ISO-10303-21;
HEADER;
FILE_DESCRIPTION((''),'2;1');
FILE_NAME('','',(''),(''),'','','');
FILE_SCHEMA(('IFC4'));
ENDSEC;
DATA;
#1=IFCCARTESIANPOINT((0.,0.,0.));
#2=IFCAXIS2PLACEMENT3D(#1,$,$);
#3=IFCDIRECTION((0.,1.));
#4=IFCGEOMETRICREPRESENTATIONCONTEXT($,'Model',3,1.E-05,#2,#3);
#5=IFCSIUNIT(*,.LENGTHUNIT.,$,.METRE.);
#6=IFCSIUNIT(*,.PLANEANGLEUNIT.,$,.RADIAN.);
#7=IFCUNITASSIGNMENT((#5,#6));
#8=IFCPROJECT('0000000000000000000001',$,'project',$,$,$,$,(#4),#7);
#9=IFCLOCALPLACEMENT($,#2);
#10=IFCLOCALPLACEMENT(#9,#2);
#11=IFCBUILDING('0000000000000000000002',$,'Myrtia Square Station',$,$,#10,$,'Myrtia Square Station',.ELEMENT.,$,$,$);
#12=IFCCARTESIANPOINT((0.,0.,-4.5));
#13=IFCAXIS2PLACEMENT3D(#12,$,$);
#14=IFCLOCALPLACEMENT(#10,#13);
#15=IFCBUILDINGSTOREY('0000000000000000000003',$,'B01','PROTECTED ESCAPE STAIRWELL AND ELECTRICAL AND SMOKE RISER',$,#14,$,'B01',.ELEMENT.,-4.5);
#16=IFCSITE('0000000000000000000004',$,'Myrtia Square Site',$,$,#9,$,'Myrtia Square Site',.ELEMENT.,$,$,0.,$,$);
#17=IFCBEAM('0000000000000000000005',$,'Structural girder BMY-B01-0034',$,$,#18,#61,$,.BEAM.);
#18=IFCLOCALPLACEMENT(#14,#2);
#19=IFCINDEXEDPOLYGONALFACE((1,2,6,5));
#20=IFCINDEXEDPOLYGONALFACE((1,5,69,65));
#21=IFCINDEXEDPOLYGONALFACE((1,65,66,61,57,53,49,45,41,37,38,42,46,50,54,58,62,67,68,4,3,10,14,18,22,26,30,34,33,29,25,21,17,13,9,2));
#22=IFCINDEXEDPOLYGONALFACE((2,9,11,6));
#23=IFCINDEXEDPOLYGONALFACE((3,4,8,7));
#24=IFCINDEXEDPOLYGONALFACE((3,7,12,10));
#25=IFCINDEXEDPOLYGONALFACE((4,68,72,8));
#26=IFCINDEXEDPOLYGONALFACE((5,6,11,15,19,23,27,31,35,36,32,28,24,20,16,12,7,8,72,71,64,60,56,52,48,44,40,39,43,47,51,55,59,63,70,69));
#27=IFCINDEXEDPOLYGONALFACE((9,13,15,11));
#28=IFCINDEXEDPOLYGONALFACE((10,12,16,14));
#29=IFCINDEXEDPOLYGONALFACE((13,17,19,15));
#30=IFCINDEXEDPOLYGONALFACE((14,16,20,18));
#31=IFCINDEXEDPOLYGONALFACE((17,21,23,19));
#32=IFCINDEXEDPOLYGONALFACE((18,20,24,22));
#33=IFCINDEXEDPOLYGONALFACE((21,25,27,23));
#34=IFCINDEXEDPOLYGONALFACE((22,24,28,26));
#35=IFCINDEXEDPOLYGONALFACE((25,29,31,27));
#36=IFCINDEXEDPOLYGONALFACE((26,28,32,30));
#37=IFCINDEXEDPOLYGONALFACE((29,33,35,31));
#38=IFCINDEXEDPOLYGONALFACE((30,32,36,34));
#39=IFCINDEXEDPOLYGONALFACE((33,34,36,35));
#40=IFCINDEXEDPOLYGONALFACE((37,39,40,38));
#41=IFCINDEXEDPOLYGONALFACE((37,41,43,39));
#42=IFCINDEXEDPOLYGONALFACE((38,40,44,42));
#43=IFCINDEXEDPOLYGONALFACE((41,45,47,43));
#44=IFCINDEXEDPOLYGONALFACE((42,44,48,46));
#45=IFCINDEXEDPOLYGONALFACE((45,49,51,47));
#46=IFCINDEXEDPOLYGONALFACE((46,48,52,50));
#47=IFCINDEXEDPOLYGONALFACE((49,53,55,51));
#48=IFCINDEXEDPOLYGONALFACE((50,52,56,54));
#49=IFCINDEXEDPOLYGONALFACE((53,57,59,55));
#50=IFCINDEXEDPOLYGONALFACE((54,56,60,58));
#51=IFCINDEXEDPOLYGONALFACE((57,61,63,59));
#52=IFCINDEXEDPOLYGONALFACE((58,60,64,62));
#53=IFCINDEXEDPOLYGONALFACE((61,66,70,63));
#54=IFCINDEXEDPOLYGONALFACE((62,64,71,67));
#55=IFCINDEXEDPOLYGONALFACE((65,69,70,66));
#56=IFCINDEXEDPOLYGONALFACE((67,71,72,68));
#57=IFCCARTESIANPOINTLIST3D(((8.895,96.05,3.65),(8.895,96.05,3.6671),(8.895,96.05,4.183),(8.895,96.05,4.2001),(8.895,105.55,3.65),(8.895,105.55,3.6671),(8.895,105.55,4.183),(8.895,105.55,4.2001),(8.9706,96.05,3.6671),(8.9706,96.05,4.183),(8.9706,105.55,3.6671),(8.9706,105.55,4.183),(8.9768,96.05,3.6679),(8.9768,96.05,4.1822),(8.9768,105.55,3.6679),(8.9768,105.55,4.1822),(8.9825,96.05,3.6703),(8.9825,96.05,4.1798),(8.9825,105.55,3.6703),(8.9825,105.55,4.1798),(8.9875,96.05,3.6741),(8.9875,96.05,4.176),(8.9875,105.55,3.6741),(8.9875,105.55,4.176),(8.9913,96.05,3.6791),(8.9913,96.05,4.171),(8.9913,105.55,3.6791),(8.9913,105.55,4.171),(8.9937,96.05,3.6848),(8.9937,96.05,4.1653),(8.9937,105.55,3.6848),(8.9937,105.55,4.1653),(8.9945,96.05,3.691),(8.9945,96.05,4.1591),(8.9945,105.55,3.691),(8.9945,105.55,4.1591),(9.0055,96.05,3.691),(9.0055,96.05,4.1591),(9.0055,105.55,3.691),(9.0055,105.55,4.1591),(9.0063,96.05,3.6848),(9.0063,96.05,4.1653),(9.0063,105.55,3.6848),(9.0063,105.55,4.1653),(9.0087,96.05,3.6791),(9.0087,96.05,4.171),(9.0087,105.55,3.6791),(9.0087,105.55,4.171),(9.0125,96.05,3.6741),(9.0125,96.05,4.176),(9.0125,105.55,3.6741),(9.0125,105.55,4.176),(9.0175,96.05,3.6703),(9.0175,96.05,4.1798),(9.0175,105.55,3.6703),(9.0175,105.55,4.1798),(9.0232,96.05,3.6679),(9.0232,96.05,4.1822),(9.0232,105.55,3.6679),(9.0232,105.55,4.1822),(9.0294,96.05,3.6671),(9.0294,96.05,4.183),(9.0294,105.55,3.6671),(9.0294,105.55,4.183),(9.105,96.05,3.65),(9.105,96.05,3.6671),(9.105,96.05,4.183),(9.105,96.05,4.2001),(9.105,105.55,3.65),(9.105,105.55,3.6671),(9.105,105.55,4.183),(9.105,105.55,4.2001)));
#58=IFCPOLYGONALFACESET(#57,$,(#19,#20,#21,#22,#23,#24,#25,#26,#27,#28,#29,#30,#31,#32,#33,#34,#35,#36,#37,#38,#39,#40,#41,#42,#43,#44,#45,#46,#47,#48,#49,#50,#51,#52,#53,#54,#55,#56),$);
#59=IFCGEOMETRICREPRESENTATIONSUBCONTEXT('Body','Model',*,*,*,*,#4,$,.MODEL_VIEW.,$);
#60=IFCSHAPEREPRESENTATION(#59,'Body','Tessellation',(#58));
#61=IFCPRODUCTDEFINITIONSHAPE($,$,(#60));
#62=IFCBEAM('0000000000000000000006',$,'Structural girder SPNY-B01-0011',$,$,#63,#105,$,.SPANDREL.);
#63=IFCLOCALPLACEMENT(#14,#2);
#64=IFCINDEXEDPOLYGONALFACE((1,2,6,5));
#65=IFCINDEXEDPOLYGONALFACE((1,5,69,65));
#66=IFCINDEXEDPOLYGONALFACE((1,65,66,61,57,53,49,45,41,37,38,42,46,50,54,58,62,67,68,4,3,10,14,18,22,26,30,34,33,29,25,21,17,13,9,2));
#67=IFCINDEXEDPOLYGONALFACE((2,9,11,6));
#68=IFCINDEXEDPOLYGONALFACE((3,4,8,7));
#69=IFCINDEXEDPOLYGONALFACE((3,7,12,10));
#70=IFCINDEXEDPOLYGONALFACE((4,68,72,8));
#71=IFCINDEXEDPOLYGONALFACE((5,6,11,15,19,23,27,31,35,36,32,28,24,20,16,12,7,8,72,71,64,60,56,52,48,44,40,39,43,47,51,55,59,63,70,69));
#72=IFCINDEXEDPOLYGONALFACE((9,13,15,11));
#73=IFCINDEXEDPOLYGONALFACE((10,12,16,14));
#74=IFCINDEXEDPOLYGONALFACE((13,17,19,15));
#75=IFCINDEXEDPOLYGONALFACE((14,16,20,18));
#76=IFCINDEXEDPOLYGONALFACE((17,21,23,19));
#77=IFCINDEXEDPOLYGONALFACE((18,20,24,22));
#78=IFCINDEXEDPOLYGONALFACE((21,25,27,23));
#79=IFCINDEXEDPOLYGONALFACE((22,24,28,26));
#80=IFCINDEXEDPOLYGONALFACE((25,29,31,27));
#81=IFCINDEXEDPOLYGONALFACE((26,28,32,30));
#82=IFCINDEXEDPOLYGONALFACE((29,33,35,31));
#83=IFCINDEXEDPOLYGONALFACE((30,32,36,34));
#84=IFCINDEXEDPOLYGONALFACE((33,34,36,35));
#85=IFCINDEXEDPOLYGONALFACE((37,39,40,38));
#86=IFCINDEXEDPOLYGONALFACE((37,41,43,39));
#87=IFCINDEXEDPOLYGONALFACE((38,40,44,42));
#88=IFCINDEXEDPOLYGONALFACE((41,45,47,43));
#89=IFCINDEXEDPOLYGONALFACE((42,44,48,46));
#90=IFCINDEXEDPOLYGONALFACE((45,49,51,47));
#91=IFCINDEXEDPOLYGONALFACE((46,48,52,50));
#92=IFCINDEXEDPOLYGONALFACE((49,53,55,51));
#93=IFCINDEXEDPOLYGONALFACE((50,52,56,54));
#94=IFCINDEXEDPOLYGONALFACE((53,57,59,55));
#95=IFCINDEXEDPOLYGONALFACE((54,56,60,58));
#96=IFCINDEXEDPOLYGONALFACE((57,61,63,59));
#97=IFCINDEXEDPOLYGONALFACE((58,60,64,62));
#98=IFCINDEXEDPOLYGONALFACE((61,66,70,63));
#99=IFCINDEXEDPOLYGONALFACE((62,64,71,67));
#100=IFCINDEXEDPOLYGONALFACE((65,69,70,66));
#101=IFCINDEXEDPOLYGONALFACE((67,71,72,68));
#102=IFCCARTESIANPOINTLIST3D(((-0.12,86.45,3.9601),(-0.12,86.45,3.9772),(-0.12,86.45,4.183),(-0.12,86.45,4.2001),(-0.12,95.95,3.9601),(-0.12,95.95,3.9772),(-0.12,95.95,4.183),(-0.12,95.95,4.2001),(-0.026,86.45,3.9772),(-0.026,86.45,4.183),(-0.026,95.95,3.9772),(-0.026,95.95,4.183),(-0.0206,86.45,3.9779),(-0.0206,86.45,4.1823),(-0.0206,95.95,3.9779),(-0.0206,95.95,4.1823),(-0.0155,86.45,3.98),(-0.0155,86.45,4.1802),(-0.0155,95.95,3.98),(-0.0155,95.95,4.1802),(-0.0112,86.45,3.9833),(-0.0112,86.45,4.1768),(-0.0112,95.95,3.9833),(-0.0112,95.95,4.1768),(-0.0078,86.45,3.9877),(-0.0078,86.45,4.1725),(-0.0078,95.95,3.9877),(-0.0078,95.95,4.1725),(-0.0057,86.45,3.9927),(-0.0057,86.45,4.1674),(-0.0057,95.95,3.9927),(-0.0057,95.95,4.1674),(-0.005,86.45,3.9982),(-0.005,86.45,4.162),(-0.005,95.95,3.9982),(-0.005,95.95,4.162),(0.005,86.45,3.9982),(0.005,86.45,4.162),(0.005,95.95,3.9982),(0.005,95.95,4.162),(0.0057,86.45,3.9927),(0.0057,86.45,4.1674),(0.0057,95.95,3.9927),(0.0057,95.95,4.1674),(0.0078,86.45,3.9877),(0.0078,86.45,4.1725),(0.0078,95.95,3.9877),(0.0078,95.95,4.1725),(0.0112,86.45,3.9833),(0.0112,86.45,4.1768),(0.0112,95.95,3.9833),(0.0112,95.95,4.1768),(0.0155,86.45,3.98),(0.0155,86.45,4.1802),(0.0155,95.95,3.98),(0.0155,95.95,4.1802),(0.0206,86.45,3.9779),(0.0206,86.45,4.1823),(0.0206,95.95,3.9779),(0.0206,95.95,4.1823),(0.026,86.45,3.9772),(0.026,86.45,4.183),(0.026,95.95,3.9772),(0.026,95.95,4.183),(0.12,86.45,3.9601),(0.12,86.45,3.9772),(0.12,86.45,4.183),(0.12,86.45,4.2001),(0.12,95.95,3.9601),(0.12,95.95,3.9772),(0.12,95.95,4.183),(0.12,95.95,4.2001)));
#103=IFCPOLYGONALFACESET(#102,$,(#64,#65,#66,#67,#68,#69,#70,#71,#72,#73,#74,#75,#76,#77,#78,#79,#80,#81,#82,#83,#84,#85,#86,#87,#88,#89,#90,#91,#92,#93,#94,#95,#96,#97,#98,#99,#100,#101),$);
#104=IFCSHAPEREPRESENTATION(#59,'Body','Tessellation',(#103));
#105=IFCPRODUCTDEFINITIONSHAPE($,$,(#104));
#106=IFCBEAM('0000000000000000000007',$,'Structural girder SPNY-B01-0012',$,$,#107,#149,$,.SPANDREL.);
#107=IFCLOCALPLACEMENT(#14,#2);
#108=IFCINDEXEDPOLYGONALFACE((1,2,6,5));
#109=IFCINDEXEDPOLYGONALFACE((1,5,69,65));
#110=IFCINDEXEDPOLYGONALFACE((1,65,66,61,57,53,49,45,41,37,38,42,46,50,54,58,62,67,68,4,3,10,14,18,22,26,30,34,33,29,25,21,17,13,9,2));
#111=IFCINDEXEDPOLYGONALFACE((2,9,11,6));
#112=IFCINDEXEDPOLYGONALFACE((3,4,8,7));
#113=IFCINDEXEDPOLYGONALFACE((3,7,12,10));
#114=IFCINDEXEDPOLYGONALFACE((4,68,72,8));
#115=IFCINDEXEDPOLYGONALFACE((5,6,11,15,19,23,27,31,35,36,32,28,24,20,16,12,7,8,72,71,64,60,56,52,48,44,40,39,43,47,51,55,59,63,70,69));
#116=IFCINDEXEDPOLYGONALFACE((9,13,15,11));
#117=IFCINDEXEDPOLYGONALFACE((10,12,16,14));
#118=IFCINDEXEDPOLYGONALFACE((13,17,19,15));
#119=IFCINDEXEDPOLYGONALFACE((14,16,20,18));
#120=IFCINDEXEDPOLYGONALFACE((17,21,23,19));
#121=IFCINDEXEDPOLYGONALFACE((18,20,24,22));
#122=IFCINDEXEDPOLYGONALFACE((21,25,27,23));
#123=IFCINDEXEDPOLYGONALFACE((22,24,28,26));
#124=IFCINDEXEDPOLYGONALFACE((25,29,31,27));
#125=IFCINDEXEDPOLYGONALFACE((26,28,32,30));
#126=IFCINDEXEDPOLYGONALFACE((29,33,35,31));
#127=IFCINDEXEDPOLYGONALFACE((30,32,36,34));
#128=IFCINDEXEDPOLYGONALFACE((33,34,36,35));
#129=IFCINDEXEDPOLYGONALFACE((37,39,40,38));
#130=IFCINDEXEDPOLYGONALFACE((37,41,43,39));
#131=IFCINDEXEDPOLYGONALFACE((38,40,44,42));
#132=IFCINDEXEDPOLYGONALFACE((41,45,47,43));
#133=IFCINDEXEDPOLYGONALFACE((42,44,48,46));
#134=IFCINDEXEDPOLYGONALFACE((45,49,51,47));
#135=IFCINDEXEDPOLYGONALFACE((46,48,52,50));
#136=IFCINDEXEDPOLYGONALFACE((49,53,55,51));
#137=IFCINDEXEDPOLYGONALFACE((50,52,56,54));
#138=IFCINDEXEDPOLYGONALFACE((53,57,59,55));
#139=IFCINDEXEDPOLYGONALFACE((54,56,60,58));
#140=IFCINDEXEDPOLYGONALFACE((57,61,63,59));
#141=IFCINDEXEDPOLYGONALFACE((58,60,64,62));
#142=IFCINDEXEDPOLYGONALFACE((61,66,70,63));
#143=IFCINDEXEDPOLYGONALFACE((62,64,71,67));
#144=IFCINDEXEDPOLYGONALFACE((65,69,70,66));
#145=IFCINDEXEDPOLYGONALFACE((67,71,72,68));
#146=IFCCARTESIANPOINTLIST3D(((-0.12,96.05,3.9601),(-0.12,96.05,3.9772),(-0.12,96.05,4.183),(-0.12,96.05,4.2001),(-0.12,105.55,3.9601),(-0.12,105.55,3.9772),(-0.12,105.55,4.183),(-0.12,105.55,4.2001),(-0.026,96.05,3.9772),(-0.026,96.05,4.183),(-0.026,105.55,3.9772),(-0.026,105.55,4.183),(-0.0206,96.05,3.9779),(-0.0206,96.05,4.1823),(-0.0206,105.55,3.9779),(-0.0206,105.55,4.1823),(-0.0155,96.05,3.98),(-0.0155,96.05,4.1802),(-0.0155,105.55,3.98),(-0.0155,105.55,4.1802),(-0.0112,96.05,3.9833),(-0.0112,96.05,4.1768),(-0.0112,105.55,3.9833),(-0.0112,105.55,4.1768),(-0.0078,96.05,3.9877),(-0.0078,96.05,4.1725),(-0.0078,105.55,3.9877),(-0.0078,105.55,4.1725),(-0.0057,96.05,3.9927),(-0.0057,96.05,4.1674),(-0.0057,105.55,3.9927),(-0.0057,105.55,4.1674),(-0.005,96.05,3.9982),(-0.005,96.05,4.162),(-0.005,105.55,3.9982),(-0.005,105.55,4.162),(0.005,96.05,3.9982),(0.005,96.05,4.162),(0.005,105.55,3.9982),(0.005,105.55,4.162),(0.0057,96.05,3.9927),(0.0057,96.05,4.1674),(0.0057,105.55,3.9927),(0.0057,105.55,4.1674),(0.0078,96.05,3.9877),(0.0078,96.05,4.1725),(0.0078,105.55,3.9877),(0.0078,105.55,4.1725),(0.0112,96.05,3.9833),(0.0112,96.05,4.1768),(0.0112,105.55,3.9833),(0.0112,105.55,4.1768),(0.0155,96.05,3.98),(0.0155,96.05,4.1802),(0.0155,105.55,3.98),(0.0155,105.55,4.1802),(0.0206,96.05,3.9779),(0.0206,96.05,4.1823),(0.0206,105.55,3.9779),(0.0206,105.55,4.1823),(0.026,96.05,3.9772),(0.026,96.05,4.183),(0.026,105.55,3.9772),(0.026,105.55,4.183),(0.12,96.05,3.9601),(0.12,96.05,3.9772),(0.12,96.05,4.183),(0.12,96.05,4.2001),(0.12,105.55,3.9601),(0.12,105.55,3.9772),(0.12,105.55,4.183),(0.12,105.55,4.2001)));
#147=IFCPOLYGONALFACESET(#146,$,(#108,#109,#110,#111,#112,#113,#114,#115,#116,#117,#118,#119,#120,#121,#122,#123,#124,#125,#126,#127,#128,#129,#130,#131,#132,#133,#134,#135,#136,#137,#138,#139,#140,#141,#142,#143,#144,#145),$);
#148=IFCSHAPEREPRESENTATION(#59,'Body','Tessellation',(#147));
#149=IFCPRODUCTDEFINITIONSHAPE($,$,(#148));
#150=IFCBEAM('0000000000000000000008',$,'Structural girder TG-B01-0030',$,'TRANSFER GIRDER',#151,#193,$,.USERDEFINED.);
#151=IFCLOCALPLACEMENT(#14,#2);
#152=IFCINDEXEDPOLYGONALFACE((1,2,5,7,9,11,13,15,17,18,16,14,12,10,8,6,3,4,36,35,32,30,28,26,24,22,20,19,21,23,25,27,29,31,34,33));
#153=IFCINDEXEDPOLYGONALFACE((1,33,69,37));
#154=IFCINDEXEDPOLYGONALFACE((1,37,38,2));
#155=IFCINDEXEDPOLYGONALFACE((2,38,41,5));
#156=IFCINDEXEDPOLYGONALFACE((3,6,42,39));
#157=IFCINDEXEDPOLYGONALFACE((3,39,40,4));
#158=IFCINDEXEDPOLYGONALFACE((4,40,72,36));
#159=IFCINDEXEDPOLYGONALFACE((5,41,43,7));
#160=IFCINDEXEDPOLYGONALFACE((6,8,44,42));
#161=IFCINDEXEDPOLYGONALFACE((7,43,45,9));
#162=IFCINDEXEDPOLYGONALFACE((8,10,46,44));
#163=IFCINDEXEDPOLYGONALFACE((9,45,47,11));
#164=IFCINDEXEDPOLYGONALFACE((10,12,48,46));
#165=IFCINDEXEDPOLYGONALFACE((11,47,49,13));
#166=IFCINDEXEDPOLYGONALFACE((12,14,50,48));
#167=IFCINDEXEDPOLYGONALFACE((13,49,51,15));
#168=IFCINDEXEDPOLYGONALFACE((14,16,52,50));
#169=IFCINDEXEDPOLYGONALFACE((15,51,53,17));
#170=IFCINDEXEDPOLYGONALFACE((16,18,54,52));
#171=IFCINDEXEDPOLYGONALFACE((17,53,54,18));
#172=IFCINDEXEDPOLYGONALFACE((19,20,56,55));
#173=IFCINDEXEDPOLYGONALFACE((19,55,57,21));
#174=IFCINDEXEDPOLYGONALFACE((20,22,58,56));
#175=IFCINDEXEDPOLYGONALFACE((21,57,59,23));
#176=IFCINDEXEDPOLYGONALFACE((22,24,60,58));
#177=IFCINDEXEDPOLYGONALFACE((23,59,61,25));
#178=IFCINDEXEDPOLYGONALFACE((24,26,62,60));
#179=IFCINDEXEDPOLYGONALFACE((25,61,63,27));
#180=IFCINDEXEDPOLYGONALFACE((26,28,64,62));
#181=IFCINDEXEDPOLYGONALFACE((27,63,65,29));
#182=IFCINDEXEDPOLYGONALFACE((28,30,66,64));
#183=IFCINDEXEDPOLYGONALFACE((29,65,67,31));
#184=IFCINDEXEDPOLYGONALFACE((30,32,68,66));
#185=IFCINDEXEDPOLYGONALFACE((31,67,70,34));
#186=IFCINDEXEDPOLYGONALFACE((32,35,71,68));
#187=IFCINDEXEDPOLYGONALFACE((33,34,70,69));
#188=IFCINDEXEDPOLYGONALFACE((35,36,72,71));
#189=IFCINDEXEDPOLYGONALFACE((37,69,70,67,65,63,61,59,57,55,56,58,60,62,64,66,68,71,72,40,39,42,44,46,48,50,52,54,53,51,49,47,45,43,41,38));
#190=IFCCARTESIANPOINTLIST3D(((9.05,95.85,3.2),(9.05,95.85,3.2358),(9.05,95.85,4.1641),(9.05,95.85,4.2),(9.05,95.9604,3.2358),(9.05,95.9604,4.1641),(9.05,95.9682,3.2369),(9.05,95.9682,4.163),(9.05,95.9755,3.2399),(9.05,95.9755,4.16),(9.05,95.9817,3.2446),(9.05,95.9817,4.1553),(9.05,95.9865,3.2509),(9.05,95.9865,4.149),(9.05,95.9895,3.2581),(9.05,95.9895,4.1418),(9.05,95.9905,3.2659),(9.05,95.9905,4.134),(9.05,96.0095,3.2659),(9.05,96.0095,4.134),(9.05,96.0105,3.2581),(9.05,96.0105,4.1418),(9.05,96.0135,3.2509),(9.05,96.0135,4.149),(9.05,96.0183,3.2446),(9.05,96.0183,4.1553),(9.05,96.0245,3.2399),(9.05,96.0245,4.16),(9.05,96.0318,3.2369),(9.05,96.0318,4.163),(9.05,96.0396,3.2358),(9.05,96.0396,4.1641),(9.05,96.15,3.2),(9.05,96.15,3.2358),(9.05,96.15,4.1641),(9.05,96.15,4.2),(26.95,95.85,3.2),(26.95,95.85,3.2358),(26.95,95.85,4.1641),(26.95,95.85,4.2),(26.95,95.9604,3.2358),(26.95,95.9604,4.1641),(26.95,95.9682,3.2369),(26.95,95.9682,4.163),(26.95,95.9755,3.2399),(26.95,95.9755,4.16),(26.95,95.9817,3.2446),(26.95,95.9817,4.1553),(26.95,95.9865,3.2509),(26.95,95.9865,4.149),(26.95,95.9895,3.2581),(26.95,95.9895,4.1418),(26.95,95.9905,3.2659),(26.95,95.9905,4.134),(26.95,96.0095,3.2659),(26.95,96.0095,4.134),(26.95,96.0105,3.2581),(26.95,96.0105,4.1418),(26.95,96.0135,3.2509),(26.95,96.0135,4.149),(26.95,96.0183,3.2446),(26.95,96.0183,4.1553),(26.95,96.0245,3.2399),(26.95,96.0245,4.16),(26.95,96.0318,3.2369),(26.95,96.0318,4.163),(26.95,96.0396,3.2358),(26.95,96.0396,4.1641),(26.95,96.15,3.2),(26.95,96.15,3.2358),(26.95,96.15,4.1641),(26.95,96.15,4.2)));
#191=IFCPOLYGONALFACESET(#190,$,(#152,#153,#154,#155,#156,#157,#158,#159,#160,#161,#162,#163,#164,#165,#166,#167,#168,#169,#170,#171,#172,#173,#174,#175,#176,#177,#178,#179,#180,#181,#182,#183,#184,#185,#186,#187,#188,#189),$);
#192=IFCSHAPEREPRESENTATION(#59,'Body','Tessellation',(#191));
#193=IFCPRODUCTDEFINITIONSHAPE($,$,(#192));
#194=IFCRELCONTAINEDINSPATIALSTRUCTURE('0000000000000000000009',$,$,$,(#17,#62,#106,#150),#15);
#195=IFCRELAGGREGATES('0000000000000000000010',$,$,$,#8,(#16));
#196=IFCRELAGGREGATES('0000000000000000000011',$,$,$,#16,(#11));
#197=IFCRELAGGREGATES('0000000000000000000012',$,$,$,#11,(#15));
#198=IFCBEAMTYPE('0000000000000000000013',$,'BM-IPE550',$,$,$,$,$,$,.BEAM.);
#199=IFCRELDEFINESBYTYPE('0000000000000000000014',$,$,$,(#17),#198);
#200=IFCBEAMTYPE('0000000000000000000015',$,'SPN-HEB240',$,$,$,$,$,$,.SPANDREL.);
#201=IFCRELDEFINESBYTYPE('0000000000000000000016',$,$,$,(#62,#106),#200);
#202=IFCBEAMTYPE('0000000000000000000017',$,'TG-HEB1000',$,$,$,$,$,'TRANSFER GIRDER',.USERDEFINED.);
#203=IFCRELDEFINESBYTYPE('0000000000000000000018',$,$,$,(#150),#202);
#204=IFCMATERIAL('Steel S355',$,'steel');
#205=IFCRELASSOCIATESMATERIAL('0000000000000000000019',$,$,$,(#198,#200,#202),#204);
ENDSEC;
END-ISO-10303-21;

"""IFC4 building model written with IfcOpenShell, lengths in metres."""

from ifc_helpers import new_model, si_unit, direction, frame, origin, origin_2d, place, context, subcontext, project, spatial, i_section, extrude, material, material_profile, profile_set, type_object, element, save


model = new_model("IFC4")

# Units and contexts
model_context = context("Model", 3, precision=1e-05, world=origin(), true_north=direction((0.0, 1.0)))
body_context = subcontext(model_context, "Body", "Model", "MODEL_VIEW")
ifc_project = project(units=[si_unit("LENGTHUNIT", "METRE"), si_unit("PLANEANGLEUNIT", "RADIAN")], contexts=[model_context])

# Site, building, storey
site_placement = place(None, origin())
site = spatial("IfcSite", under=ifc_project, at=site_placement, Name="Myrtia Square Site", LongName="Myrtia Square Site", CompositionType="ELEMENT", RefElevation=0.0)
building_placement = place(site_placement, origin())
building = spatial("IfcBuilding", under=site, at=building_placement, Name="Myrtia Square Station", LongName="Myrtia Square Station", CompositionType="ELEMENT")
storey_placement = place(building_placement, frame((0.0, 0.0, -4.5)))
storey = spatial("IfcBuildingStorey", under=building, at=storey_placement, Name="B01", Description="PROTECTED ESCAPE STAIRWELL AND ELECTRICAL AND SMOKE RISER", LongName="B01", CompositionType="ELEMENT", Elevation=-4.5)

# Beams
ifc_material_1 = material(Name="Steel S355", Category="steel")
ifc_material_profile_1 = material_profile(ifc_material_1, i_section(OverallWidth=0.21, OverallDepth=0.55, WebThickness=0.011, FlangeThickness=0.0171, FilletRadius=0.0239, at=origin_2d()), Name="IPE 550")
ifc_profile_set_1 = profile_set([ifc_material_profile_1], Name="Steel S355")
beam_type_1 = type_object("IfcBeamType", Name="BM-IPE550", PredefinedType="BEAM", material=ifc_profile_set_1)
for number, where, z_axis, x_axis, name in (
    (1, (9.0, 96.05, 3.925), (0.0, 1.0, 0.0), (-1.0, 0.0, 0.0), "Structural girder BMY-B01-0034"),
):
    element("IfcBeam", number, at=place(storey_placement, frame(where, z_axis=z_axis, x_axis=x_axis)), inside=storey, type_object=beam_type_1, Name=name, PredefinedType="BEAM", context=body_context, shape_type="SweptSolid", body=[
        extrude(i_section(OverallWidth=0.21, OverallDepth=0.55, WebThickness=0.011, FlangeThickness=0.0171, FilletRadius=0.0239, at=origin_2d()), origin(), (0.0, 0.0, 1.0), 9.5),
    ])
ifc_material_profile_2 = material_profile(ifc_material_1, i_section(OverallWidth=0.24, OverallDepth=0.24, WebThickness=0.01, FlangeThickness=0.0171, FilletRadius=0.021, at=origin_2d()), Name="HEB 240")
ifc_profile_set_2 = profile_set([ifc_material_profile_2], Name="Steel S355")
beam_type_2 = type_object("IfcBeamType", Name="SPN-HEB240", PredefinedType="SPANDREL", material=ifc_profile_set_2)
for number, where, z_axis, x_axis, name in (
    (2, (0.0, 86.45, 4.0801), (0.0, 1.0, 0.0), (-1.0, 0.0, 0.0), "Structural girder SPNY-B01-0011"),
    (3, (0.0, 96.05, 4.0801), (0.0, 1.0, 0.0), (-1.0, 0.0, 0.0), "Structural girder SPNY-B01-0012"),
):
    element("IfcBeam", number, at=place(storey_placement, frame(where, z_axis=z_axis, x_axis=x_axis)), inside=storey, type_object=beam_type_2, Name=name, PredefinedType="SPANDREL", context=body_context, shape_type="SweptSolid", body=[
        extrude(i_section(OverallWidth=0.24, OverallDepth=0.24, WebThickness=0.01, FlangeThickness=0.0171, FilletRadius=0.021, at=origin_2d()), origin(), (0.0, 0.0, 1.0), 9.5),
    ])
ifc_material_profile_3 = material_profile(ifc_material_1, i_section(OverallWidth=0.3, OverallDepth=1.0, WebThickness=0.019, FlangeThickness=0.0359, FilletRadius=0.03, at=origin_2d()), Name="HEB 1000")
ifc_profile_set_3 = profile_set([ifc_material_profile_3], Name="Steel S355")
beam_type_3 = type_object("IfcBeamType", Name="TG-HEB1000", ElementType="TRANSFER GIRDER", PredefinedType="USERDEFINED", material=ifc_profile_set_3)
for number, where, z_axis, x_axis, name in (
    (4, (9.05, 96.0, 3.7), (1.0, 0.0, 0.0), (0.0, 1.0, 0.0), "Structural girder TG-B01-0030"),
):
    element("IfcBeam", number, at=place(storey_placement, frame(where, z_axis=z_axis, x_axis=x_axis)), inside=storey, type_object=beam_type_3, Name=name, ObjectType="TRANSFER GIRDER", PredefinedType="USERDEFINED", context=body_context, shape_type="SweptSolid", body=[
        extrude(i_section(OverallWidth=0.3, OverallDepth=1.0, WebThickness=0.019, FlangeThickness=0.0359, FilletRadius=0.03, at=origin_2d()), origin(), (0.0, 0.0, 1.0), 17.8999),
    ])

save(model, "model.ifc")
